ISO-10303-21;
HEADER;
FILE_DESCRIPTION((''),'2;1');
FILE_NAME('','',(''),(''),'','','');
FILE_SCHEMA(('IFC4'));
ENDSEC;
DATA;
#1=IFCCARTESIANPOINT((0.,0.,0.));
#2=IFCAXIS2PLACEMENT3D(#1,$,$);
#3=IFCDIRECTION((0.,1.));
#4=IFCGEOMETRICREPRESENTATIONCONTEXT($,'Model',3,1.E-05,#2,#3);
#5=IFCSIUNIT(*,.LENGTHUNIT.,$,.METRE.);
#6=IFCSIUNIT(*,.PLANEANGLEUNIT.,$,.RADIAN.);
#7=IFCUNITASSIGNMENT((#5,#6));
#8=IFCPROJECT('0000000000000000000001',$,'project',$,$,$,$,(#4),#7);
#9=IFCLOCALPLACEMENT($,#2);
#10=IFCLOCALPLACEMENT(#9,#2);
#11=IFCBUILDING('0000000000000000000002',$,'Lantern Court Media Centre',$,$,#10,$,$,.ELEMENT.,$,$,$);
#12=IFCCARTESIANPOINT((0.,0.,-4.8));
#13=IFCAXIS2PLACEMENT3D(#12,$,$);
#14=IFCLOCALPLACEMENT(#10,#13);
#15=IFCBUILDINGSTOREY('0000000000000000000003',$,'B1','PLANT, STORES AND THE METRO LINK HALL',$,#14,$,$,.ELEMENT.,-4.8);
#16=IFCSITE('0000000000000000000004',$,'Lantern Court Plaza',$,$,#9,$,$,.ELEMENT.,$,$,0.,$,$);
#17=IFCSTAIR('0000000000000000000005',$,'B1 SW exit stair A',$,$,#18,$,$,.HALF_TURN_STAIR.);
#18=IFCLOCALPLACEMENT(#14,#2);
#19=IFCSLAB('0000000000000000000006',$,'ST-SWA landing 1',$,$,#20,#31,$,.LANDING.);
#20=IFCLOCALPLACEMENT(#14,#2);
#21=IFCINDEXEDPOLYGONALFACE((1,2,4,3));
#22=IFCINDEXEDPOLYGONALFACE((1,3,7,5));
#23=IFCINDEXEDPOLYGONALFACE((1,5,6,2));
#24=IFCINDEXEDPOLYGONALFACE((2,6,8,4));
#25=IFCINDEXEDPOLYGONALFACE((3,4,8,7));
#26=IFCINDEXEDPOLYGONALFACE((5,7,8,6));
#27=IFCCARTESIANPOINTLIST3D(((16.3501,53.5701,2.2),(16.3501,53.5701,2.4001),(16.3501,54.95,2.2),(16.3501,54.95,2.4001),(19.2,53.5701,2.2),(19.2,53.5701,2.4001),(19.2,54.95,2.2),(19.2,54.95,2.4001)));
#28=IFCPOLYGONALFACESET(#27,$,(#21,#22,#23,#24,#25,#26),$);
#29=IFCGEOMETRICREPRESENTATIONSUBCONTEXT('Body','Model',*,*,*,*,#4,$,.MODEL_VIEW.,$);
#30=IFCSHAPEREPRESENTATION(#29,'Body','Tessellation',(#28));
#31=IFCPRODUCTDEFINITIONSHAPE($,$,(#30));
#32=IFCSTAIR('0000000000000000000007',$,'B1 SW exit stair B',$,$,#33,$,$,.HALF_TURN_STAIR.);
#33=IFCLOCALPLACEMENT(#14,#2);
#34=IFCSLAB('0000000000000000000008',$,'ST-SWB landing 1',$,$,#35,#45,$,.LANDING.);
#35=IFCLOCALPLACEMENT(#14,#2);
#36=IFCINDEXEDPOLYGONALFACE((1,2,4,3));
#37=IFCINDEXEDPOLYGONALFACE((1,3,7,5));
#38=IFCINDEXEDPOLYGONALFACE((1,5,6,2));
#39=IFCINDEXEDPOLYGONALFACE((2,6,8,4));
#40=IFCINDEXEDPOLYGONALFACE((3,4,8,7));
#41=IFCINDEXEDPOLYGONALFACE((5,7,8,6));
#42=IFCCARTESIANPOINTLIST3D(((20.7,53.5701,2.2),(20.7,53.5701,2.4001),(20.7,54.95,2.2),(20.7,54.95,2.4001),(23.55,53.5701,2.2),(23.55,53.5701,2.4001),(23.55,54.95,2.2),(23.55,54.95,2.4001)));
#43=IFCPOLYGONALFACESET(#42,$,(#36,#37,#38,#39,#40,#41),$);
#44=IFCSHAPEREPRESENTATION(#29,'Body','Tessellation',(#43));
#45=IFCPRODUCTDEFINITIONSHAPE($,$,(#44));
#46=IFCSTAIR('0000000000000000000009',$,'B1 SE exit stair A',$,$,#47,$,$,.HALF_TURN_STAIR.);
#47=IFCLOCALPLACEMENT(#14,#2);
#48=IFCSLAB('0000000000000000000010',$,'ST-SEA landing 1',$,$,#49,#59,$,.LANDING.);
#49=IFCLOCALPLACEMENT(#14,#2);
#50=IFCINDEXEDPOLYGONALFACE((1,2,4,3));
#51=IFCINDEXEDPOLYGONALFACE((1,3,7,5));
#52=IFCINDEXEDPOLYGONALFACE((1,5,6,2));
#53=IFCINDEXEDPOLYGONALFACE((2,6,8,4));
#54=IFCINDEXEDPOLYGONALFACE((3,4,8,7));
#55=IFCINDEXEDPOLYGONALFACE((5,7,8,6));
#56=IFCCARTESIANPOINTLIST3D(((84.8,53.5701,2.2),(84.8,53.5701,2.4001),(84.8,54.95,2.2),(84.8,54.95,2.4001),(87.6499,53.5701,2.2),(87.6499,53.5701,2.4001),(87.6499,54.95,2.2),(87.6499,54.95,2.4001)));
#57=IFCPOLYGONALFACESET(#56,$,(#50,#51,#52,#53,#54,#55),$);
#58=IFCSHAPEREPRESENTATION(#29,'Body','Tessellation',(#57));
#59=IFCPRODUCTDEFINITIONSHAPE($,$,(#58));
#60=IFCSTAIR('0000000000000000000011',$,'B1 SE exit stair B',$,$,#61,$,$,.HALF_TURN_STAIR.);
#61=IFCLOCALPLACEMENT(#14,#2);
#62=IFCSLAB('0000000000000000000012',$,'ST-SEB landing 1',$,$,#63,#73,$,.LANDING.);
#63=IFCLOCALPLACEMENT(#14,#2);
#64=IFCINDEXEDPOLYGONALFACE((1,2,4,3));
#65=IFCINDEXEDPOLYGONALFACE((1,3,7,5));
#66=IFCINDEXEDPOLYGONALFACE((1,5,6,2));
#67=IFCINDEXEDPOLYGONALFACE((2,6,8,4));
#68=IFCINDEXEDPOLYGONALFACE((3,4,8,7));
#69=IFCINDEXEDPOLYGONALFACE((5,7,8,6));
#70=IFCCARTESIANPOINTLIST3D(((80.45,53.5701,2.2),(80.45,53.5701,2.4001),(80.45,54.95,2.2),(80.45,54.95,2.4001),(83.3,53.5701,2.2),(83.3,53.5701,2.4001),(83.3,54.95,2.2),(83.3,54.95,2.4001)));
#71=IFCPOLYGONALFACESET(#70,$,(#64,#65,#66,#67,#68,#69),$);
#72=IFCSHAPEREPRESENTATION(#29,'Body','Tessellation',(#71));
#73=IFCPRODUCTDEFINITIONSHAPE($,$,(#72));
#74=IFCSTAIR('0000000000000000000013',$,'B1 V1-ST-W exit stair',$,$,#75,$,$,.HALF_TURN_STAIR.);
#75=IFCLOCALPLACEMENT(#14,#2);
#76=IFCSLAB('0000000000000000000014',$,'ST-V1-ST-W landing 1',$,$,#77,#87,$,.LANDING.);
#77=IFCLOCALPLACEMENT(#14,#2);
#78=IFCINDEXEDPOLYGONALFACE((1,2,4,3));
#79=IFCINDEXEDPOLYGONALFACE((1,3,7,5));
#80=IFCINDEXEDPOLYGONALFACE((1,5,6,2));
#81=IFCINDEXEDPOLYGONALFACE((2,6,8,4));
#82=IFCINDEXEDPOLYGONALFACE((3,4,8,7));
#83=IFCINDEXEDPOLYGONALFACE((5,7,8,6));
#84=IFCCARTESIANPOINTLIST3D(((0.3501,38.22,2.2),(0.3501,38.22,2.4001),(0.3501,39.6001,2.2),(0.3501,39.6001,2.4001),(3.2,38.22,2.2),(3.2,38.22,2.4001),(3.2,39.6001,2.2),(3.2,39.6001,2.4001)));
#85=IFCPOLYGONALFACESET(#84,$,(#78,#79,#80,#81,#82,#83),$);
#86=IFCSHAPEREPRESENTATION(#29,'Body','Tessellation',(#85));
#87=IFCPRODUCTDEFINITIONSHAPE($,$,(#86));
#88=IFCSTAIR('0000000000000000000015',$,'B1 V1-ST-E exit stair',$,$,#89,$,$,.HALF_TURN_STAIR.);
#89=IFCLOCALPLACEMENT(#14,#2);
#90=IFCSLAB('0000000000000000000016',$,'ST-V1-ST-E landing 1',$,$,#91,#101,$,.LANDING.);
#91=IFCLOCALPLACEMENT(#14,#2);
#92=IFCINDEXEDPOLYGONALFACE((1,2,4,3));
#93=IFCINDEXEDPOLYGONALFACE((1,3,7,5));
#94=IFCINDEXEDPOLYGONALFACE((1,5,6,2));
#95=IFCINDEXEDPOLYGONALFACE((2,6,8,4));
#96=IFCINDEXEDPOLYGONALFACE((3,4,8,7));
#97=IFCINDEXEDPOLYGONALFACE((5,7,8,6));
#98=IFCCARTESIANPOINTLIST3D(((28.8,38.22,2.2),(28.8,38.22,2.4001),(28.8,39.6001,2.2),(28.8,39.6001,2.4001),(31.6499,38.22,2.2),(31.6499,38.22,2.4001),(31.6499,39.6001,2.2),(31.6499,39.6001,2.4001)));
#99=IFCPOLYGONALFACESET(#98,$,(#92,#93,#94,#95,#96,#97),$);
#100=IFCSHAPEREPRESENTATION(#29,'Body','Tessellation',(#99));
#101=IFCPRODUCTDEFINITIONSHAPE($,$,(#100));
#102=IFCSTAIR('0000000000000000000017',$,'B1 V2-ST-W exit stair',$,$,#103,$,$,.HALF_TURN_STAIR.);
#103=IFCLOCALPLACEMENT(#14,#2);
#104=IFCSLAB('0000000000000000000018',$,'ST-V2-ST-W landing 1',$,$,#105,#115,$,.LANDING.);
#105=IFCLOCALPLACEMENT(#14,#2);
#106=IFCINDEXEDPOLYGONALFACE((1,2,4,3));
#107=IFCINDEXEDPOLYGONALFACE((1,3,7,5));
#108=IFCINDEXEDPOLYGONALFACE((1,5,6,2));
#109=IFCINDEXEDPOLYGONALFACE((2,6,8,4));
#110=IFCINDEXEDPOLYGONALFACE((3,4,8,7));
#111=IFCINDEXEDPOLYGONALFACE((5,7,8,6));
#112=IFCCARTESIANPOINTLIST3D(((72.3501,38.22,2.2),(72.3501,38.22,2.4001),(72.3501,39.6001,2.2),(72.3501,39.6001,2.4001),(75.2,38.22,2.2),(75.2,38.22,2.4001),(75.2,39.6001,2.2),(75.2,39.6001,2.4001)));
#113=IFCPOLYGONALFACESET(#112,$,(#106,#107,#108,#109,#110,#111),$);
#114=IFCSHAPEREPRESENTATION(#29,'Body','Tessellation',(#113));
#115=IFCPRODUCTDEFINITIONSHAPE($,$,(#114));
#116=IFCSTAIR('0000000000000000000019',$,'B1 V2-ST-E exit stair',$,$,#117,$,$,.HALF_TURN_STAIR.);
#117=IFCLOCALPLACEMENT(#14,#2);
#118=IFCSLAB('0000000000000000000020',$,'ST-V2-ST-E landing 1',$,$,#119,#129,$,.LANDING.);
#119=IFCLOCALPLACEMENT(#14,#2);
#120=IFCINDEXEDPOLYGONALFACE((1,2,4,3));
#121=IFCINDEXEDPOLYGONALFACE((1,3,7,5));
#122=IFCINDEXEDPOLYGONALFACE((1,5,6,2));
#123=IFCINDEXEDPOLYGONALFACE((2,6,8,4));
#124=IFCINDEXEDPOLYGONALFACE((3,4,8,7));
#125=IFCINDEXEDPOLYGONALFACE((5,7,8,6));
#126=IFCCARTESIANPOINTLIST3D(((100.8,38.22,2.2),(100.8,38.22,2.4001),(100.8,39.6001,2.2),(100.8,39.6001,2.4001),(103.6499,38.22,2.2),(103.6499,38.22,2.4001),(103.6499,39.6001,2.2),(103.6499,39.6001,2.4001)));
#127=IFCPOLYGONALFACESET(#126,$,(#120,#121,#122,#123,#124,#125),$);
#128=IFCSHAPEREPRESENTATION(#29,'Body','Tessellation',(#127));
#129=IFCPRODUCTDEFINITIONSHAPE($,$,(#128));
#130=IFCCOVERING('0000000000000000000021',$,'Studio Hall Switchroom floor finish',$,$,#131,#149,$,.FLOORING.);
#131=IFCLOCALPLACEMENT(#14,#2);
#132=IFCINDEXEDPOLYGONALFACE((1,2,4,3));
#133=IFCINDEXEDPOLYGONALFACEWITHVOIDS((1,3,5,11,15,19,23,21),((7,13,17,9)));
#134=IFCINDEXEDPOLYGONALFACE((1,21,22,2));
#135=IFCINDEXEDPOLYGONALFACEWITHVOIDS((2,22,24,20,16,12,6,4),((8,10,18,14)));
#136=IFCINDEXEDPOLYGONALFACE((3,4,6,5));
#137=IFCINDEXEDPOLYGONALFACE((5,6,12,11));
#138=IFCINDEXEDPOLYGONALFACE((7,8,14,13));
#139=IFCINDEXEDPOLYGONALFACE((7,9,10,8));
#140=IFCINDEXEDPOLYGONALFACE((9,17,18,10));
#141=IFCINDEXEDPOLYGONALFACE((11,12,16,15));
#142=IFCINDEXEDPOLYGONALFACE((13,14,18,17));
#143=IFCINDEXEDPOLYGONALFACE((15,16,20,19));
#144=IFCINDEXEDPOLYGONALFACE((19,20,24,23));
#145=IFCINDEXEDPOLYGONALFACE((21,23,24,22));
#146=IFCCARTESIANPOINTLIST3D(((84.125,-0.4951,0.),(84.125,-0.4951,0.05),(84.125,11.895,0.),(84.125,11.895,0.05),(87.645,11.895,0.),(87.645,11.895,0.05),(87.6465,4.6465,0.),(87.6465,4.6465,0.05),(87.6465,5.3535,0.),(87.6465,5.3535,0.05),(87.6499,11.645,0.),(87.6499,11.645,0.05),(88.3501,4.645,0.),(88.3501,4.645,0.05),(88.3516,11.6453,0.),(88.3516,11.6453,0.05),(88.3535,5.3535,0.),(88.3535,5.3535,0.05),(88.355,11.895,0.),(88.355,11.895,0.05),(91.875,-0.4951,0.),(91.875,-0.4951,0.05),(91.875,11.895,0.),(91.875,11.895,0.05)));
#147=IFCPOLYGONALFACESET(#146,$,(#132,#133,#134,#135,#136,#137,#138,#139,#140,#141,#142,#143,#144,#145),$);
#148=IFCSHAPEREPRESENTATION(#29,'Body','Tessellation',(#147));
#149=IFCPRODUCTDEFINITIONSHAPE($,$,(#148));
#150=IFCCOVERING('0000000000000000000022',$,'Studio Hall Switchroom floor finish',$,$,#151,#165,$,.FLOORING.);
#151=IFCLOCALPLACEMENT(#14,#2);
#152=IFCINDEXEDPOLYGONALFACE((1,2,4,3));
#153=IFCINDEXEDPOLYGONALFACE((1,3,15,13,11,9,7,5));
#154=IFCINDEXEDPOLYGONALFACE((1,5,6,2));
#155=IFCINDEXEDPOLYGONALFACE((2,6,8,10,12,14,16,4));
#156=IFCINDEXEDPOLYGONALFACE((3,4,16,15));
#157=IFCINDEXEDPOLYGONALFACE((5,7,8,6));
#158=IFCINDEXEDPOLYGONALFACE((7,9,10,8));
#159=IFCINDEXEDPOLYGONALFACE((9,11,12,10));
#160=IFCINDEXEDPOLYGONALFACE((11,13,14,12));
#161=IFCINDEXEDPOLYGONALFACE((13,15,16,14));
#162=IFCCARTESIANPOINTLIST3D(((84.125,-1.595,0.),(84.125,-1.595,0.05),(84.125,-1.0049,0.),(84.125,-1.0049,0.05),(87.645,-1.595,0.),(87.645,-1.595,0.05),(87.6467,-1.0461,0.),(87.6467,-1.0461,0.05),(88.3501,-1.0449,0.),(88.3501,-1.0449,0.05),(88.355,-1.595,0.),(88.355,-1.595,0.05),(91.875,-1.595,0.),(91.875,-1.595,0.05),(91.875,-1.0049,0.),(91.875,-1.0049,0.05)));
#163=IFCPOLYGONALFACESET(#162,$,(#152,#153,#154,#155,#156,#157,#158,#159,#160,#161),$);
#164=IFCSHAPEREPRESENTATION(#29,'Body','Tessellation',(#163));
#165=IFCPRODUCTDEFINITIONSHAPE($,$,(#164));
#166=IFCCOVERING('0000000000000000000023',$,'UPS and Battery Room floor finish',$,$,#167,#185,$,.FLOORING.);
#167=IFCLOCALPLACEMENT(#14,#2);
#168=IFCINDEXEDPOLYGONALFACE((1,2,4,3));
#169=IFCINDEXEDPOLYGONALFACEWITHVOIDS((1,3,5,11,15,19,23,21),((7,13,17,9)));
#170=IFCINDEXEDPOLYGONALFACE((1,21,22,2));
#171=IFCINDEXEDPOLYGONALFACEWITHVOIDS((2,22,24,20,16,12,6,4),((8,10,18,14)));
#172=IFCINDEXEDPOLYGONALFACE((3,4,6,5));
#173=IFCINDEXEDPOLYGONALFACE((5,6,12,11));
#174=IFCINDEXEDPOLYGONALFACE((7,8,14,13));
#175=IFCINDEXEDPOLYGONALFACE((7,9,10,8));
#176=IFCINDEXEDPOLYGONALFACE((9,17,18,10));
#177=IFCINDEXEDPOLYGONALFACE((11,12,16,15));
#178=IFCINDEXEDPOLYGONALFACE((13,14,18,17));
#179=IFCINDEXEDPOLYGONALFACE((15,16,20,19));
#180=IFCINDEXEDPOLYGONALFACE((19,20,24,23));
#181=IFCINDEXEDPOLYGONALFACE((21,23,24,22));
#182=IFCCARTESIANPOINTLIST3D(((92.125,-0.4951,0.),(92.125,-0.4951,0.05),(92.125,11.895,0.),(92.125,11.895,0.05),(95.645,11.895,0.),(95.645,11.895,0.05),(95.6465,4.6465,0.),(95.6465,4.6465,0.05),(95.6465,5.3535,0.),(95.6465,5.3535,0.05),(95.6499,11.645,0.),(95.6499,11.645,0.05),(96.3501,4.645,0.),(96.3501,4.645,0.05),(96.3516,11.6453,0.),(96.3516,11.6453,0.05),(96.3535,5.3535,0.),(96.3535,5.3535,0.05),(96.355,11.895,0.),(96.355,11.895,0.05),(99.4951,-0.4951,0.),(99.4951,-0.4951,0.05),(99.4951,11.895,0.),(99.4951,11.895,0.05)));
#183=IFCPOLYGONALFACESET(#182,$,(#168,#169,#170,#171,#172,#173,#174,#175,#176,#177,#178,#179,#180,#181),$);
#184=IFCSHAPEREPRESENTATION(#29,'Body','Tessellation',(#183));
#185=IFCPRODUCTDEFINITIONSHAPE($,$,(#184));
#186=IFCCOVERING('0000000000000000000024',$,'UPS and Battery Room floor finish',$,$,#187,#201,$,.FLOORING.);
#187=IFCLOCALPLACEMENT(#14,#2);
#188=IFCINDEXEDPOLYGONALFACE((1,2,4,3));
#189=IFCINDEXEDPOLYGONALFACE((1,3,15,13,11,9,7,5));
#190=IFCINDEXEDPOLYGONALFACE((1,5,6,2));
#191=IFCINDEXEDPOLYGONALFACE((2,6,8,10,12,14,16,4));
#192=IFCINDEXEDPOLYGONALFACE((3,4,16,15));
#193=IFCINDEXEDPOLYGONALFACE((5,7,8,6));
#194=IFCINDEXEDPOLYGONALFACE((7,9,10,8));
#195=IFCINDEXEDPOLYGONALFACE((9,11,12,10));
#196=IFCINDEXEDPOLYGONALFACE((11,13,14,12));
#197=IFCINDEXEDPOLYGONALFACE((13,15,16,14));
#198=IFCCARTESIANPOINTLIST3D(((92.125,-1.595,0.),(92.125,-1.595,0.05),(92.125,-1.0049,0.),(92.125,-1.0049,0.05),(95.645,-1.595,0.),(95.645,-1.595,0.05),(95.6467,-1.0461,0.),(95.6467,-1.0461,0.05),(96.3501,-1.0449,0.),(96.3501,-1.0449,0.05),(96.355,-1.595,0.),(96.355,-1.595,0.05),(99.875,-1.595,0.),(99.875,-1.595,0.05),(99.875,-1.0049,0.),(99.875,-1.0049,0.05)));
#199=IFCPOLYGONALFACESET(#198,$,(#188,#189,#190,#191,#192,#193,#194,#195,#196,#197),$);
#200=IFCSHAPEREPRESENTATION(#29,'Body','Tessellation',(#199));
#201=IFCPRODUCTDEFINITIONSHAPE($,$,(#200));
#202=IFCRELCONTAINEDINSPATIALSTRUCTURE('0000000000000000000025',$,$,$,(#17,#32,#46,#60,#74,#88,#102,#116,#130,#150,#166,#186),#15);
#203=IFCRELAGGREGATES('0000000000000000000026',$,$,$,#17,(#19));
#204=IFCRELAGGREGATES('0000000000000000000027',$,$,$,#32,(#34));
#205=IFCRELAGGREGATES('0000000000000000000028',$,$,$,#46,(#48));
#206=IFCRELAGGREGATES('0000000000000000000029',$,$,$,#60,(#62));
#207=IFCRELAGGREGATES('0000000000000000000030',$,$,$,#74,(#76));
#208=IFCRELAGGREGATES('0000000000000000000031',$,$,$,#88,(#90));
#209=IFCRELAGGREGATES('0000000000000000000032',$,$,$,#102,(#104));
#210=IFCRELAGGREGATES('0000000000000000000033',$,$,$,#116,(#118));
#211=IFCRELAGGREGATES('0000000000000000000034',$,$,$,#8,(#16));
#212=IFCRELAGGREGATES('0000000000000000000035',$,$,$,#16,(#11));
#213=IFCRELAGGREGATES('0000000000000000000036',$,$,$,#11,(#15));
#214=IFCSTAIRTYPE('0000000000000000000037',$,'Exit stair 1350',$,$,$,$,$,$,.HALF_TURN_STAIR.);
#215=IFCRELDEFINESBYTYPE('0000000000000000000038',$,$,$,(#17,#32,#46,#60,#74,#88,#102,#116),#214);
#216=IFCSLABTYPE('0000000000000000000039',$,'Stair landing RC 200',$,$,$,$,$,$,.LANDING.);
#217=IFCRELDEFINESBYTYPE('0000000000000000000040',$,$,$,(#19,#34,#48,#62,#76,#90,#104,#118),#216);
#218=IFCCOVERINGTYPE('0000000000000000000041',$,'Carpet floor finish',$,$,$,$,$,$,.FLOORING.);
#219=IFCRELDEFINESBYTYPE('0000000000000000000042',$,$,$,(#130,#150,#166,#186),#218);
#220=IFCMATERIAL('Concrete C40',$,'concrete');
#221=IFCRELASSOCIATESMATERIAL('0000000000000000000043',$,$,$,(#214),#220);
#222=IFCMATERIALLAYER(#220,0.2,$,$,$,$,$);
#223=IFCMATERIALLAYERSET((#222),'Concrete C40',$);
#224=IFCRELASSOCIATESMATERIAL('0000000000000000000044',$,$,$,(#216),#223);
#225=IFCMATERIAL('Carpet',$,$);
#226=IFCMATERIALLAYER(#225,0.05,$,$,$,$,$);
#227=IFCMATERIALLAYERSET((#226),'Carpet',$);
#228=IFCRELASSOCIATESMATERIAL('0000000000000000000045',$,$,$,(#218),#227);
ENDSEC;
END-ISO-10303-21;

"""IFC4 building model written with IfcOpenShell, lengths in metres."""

from ifc_helpers import new_model, si_unit, direction, frame, origin, place, context, subcontext, project, spatial, polyline, outline, extrude, material, layer, layer_set, type_object, element, aggregate, save


model = new_model("IFC4")

# Units and contexts
model_context = context("Model", 3, precision=1e-05, world=origin(), true_north=direction((0.0, 1.0)))
body_context = subcontext(model_context, "Body", "Model", "MODEL_VIEW")
ifc_project = project(units=[si_unit("LENGTHUNIT", "METRE"), si_unit("PLANEANGLEUNIT", "RADIAN")], contexts=[model_context])

# Site, building, storey
site_placement = place(None, origin())
site = spatial("IfcSite", under=ifc_project, at=site_placement, Name="Lantern Court Plaza", CompositionType="ELEMENT", RefElevation=0.0)
building_placement = place(site_placement, origin())
building = spatial("IfcBuilding", under=site, at=building_placement, Name="Lantern Court Media Centre", CompositionType="ELEMENT")
storey_placement = place(building_placement, frame((0.0, 0.0, -4.8)))
storey = spatial("IfcBuildingStorey", under=building, at=storey_placement, Name="B1", Description="PLANT, STORES AND THE METRO LINK HALL", CompositionType="ELEMENT", Elevation=-4.8)

# Stairs, slabs
ifc_material_1 = material(Name="Concrete C40", Category="concrete")
stair_type = type_object("IfcStairType", Name="Exit stair 1350", PredefinedType="HALF_TURN_STAIR", material=ifc_material_1)
stair_1_placement = place(storey_placement, origin())
stair_1 = element("IfcStair", 1, at=stair_1_placement, inside=storey, type_object=stair_type, Name="B1 SW exit stair A", PredefinedType="HALF_TURN_STAIR")
ifc_layer_1 = layer(ifc_material_1, 0.2)
ifc_layer_set_1 = layer_set([ifc_layer_1], Name="Concrete C40")
slab_type = type_object("IfcSlabType", Name="Stair landing RC 200", PredefinedType="LANDING", material=ifc_layer_set_1)
slab_1_placement = place(storey_placement, frame((0.0, 0.0, 2.2)))
slab_1 = element("IfcSlab", 2, at=slab_1_placement, type_object=slab_type, Name="ST-SWA landing 1", PredefinedType="LANDING", context=body_context, shape_type="SweptSolid", body=[
    extrude(outline(polyline([(19.2, 53.5701), (19.2, 54.95), (16.3501, 54.95), (16.3501, 53.5701), (19.2, 53.5701)])), origin(), (0.0, 0.0, 1.0), 0.2002),
])
aggregate(stair_1, [slab_1])
stair_2_placement = place(storey_placement, origin())
stair_2 = element("IfcStair", 3, at=stair_2_placement, inside=storey, type_object=stair_type, Name="B1 SW exit stair B", PredefinedType="HALF_TURN_STAIR")
slab_2_placement = place(storey_placement, frame((0.0, 0.0, 2.2)))
slab_2 = element("IfcSlab", 4, at=slab_2_placement, type_object=slab_type, Name="ST-SWB landing 1", PredefinedType="LANDING", context=body_context, shape_type="SweptSolid", body=[
    extrude(outline(polyline([(23.55, 53.5701), (23.55, 54.95), (20.7, 54.95), (20.7, 53.5701), (23.55, 53.5701)])), origin(), (0.0, 0.0, 1.0), 0.2002),
])
aggregate(stair_2, [slab_2])
stair_3_placement = place(storey_placement, origin())
stair_3 = element("IfcStair", 5, at=stair_3_placement, inside=storey, type_object=stair_type, Name="B1 SE exit stair A", PredefinedType="HALF_TURN_STAIR")
slab_3_placement = place(storey_placement, frame((0.0, 0.0, 2.2)))
slab_3 = element("IfcSlab", 6, at=slab_3_placement, type_object=slab_type, Name="ST-SEA landing 1", PredefinedType="LANDING", context=body_context, shape_type="SweptSolid", body=[
    extrude(outline(polyline([(87.6499, 53.5701), (87.6499, 54.95), (84.8, 54.95), (84.8, 53.5701), (87.6499, 53.5701)])), origin(), (0.0, 0.0, 1.0), 0.2002),
])
aggregate(stair_3, [slab_3])
stair_4_placement = place(storey_placement, origin())
stair_4 = element("IfcStair", 7, at=stair_4_placement, inside=storey, type_object=stair_type, Name="B1 SE exit stair B", PredefinedType="HALF_TURN_STAIR")
slab_4_placement = place(storey_placement, frame((0.0, 0.0, 2.2)))
slab_4 = element("IfcSlab", 8, at=slab_4_placement, type_object=slab_type, Name="ST-SEB landing 1", PredefinedType="LANDING", context=body_context, shape_type="SweptSolid", body=[
    extrude(outline(polyline([(83.3, 53.5701), (83.3, 54.95), (80.45, 54.95), (80.45, 53.5701), (83.3, 53.5701)])), origin(), (0.0, 0.0, 1.0), 0.2002),
])
aggregate(stair_4, [slab_4])
stair_5_placement = place(storey_placement, origin())
stair_5 = element("IfcStair", 9, at=stair_5_placement, inside=storey, type_object=stair_type, Name="B1 V1-ST-W exit stair", PredefinedType="HALF_TURN_STAIR")
slab_5_placement = place(storey_placement, frame((0.0, 0.0, 2.2)))
slab_5 = element("IfcSlab", 10, at=slab_5_placement, type_object=slab_type, Name="ST-V1-ST-W landing 1", PredefinedType="LANDING", context=body_context, shape_type="SweptSolid", body=[
    extrude(outline(polyline([(3.2, 38.22), (3.2, 39.6001), (0.3501, 39.6001), (0.3501, 38.22), (3.2, 38.22)])), origin(), (0.0, 0.0, 1.0), 0.2002),
])
aggregate(stair_5, [slab_5])
stair_6_placement = place(storey_placement, origin())
stair_6 = element("IfcStair", 11, at=stair_6_placement, inside=storey, type_object=stair_type, Name="B1 V1-ST-E exit stair", PredefinedType="HALF_TURN_STAIR")
slab_6_placement = place(storey_placement, frame((0.0, 0.0, 2.2)))
slab_6 = element("IfcSlab", 12, at=slab_6_placement, type_object=slab_type, Name="ST-V1-ST-E landing 1", PredefinedType="LANDING", context=body_context, shape_type="SweptSolid", body=[
    extrude(outline(polyline([(31.6499, 38.22), (31.6499, 39.6001), (28.8, 39.6001), (28.8, 38.22), (31.6499, 38.22)])), origin(), (0.0, 0.0, 1.0), 0.2002),
])
aggregate(stair_6, [slab_6])
stair_7_placement = place(storey_placement, origin())
stair_7 = element("IfcStair", 13, at=stair_7_placement, inside=storey, type_object=stair_type, Name="B1 V2-ST-W exit stair", PredefinedType="HALF_TURN_STAIR")
slab_7_placement = place(storey_placement, frame((0.0, 0.0, 2.2)))
slab_7 = element("IfcSlab", 14, at=slab_7_placement, type_object=slab_type, Name="ST-V2-ST-W landing 1", PredefinedType="LANDING", context=body_context, shape_type="SweptSolid", body=[
    extrude(outline(polyline([(75.2, 38.22), (75.2, 39.6001), (72.3501, 39.6001), (72.3501, 38.22), (75.2, 38.22)])), origin(), (0.0, 0.0, 1.0), 0.2002),
])
aggregate(stair_7, [slab_7])
stair_8_placement = place(storey_placement, origin())
stair_8 = element("IfcStair", 15, at=stair_8_placement, inside=storey, type_object=stair_type, Name="B1 V2-ST-E exit stair", PredefinedType="HALF_TURN_STAIR")
slab_8_placement = place(storey_placement, frame((0.0, 0.0, 2.2)))
slab_8 = element("IfcSlab", 16, at=slab_8_placement, type_object=slab_type, Name="ST-V2-ST-E landing 1", PredefinedType="LANDING", context=body_context, shape_type="SweptSolid", body=[
    extrude(outline(polyline([(103.6499, 38.22), (103.6499, 39.6001), (100.8, 39.6001), (100.8, 38.22), (103.6499, 38.22)])), origin(), (0.0, 0.0, 1.0), 0.2002),
])
aggregate(stair_8, [slab_8])

# Coverings
ifc_material_2 = material(Name="Carpet")
ifc_layer_2 = layer(ifc_material_2, 0.05)
ifc_layer_set_2 = layer_set([ifc_layer_2], Name="Carpet")
covering_type_1 = type_object("IfcCoveringType", Name="Carpet floor finish", PredefinedType="FLOORING", material=ifc_layer_set_2)
covering_1_placement = place(storey_placement, origin())
element("IfcCovering", 17, at=covering_1_placement, inside=storey, type_object=covering_type_1, Name="Studio Hall Switchroom floor finish", PredefinedType="FLOORING", context=body_context, shape_type="SweptSolid", body=[
    extrude(outline(polyline([(84.125, -0.4951), (84.125, 11.895), (87.645, 11.895), (87.6499, 11.645), (88.3516, 11.6453), (88.355, 11.895), (91.875, 11.895), (91.875, -0.4951), (84.125, -0.4951)]), holes=[polyline([(88.3501, 4.645), (88.3535, 5.3535), (87.6465, 5.3535), (87.6465, 4.6465), (88.3501, 4.645)])]), origin(), (0.0, 0.0, 1.0), 0.05),
])
covering_2_placement = place(storey_placement, origin())
element("IfcCovering", 18, at=covering_2_placement, inside=storey, type_object=covering_type_1, Name="Studio Hall Switchroom floor finish", PredefinedType="FLOORING", context=body_context, shape_type="SweptSolid", body=[
    extrude(outline(polyline([(88.355, -1.595), (88.3501, -1.0449), (87.6467, -1.0461), (87.645, -1.595), (84.125, -1.595), (84.125, -1.0049), (91.875, -1.0049), (91.875, -1.595), (88.355, -1.595)])), origin(), (0.0, 0.0, 1.0), 0.05),
])
covering_3_placement = place(storey_placement, origin())
element("IfcCovering", 19, at=covering_3_placement, inside=storey, type_object=covering_type_1, Name="UPS and Battery Room floor finish", PredefinedType="FLOORING", context=body_context, shape_type="SweptSolid", body=[
    extrude(outline(polyline([(99.4951, -0.4951), (92.125, -0.4951), (92.125, 11.895), (95.645, 11.895), (95.6499, 11.645), (96.3516, 11.6453), (96.355, 11.895), (99.4951, 11.895), (99.4951, -0.4951)]), holes=[polyline([(96.3501, 4.645), (96.3535, 5.3535), (95.6465, 5.3535), (95.6465, 4.6465), (96.3501, 4.645)])]), origin(), (0.0, 0.0, 1.0), 0.05),
])
covering_4_placement = place(storey_placement, origin())
element("IfcCovering", 20, at=covering_4_placement, inside=storey, type_object=covering_type_1, Name="UPS and Battery Room floor finish", PredefinedType="FLOORING", context=body_context, shape_type="SweptSolid", body=[
    extrude(outline(polyline([(96.355, -1.595), (96.3501, -1.0449), (95.6467, -1.0461), (95.645, -1.595), (92.125, -1.595), (92.125, -1.0049), (99.875, -1.0049), (99.875, -1.595), (96.355, -1.595)])), origin(), (0.0, 0.0, 1.0), 0.05),
])

save(model, "model.ifc")
